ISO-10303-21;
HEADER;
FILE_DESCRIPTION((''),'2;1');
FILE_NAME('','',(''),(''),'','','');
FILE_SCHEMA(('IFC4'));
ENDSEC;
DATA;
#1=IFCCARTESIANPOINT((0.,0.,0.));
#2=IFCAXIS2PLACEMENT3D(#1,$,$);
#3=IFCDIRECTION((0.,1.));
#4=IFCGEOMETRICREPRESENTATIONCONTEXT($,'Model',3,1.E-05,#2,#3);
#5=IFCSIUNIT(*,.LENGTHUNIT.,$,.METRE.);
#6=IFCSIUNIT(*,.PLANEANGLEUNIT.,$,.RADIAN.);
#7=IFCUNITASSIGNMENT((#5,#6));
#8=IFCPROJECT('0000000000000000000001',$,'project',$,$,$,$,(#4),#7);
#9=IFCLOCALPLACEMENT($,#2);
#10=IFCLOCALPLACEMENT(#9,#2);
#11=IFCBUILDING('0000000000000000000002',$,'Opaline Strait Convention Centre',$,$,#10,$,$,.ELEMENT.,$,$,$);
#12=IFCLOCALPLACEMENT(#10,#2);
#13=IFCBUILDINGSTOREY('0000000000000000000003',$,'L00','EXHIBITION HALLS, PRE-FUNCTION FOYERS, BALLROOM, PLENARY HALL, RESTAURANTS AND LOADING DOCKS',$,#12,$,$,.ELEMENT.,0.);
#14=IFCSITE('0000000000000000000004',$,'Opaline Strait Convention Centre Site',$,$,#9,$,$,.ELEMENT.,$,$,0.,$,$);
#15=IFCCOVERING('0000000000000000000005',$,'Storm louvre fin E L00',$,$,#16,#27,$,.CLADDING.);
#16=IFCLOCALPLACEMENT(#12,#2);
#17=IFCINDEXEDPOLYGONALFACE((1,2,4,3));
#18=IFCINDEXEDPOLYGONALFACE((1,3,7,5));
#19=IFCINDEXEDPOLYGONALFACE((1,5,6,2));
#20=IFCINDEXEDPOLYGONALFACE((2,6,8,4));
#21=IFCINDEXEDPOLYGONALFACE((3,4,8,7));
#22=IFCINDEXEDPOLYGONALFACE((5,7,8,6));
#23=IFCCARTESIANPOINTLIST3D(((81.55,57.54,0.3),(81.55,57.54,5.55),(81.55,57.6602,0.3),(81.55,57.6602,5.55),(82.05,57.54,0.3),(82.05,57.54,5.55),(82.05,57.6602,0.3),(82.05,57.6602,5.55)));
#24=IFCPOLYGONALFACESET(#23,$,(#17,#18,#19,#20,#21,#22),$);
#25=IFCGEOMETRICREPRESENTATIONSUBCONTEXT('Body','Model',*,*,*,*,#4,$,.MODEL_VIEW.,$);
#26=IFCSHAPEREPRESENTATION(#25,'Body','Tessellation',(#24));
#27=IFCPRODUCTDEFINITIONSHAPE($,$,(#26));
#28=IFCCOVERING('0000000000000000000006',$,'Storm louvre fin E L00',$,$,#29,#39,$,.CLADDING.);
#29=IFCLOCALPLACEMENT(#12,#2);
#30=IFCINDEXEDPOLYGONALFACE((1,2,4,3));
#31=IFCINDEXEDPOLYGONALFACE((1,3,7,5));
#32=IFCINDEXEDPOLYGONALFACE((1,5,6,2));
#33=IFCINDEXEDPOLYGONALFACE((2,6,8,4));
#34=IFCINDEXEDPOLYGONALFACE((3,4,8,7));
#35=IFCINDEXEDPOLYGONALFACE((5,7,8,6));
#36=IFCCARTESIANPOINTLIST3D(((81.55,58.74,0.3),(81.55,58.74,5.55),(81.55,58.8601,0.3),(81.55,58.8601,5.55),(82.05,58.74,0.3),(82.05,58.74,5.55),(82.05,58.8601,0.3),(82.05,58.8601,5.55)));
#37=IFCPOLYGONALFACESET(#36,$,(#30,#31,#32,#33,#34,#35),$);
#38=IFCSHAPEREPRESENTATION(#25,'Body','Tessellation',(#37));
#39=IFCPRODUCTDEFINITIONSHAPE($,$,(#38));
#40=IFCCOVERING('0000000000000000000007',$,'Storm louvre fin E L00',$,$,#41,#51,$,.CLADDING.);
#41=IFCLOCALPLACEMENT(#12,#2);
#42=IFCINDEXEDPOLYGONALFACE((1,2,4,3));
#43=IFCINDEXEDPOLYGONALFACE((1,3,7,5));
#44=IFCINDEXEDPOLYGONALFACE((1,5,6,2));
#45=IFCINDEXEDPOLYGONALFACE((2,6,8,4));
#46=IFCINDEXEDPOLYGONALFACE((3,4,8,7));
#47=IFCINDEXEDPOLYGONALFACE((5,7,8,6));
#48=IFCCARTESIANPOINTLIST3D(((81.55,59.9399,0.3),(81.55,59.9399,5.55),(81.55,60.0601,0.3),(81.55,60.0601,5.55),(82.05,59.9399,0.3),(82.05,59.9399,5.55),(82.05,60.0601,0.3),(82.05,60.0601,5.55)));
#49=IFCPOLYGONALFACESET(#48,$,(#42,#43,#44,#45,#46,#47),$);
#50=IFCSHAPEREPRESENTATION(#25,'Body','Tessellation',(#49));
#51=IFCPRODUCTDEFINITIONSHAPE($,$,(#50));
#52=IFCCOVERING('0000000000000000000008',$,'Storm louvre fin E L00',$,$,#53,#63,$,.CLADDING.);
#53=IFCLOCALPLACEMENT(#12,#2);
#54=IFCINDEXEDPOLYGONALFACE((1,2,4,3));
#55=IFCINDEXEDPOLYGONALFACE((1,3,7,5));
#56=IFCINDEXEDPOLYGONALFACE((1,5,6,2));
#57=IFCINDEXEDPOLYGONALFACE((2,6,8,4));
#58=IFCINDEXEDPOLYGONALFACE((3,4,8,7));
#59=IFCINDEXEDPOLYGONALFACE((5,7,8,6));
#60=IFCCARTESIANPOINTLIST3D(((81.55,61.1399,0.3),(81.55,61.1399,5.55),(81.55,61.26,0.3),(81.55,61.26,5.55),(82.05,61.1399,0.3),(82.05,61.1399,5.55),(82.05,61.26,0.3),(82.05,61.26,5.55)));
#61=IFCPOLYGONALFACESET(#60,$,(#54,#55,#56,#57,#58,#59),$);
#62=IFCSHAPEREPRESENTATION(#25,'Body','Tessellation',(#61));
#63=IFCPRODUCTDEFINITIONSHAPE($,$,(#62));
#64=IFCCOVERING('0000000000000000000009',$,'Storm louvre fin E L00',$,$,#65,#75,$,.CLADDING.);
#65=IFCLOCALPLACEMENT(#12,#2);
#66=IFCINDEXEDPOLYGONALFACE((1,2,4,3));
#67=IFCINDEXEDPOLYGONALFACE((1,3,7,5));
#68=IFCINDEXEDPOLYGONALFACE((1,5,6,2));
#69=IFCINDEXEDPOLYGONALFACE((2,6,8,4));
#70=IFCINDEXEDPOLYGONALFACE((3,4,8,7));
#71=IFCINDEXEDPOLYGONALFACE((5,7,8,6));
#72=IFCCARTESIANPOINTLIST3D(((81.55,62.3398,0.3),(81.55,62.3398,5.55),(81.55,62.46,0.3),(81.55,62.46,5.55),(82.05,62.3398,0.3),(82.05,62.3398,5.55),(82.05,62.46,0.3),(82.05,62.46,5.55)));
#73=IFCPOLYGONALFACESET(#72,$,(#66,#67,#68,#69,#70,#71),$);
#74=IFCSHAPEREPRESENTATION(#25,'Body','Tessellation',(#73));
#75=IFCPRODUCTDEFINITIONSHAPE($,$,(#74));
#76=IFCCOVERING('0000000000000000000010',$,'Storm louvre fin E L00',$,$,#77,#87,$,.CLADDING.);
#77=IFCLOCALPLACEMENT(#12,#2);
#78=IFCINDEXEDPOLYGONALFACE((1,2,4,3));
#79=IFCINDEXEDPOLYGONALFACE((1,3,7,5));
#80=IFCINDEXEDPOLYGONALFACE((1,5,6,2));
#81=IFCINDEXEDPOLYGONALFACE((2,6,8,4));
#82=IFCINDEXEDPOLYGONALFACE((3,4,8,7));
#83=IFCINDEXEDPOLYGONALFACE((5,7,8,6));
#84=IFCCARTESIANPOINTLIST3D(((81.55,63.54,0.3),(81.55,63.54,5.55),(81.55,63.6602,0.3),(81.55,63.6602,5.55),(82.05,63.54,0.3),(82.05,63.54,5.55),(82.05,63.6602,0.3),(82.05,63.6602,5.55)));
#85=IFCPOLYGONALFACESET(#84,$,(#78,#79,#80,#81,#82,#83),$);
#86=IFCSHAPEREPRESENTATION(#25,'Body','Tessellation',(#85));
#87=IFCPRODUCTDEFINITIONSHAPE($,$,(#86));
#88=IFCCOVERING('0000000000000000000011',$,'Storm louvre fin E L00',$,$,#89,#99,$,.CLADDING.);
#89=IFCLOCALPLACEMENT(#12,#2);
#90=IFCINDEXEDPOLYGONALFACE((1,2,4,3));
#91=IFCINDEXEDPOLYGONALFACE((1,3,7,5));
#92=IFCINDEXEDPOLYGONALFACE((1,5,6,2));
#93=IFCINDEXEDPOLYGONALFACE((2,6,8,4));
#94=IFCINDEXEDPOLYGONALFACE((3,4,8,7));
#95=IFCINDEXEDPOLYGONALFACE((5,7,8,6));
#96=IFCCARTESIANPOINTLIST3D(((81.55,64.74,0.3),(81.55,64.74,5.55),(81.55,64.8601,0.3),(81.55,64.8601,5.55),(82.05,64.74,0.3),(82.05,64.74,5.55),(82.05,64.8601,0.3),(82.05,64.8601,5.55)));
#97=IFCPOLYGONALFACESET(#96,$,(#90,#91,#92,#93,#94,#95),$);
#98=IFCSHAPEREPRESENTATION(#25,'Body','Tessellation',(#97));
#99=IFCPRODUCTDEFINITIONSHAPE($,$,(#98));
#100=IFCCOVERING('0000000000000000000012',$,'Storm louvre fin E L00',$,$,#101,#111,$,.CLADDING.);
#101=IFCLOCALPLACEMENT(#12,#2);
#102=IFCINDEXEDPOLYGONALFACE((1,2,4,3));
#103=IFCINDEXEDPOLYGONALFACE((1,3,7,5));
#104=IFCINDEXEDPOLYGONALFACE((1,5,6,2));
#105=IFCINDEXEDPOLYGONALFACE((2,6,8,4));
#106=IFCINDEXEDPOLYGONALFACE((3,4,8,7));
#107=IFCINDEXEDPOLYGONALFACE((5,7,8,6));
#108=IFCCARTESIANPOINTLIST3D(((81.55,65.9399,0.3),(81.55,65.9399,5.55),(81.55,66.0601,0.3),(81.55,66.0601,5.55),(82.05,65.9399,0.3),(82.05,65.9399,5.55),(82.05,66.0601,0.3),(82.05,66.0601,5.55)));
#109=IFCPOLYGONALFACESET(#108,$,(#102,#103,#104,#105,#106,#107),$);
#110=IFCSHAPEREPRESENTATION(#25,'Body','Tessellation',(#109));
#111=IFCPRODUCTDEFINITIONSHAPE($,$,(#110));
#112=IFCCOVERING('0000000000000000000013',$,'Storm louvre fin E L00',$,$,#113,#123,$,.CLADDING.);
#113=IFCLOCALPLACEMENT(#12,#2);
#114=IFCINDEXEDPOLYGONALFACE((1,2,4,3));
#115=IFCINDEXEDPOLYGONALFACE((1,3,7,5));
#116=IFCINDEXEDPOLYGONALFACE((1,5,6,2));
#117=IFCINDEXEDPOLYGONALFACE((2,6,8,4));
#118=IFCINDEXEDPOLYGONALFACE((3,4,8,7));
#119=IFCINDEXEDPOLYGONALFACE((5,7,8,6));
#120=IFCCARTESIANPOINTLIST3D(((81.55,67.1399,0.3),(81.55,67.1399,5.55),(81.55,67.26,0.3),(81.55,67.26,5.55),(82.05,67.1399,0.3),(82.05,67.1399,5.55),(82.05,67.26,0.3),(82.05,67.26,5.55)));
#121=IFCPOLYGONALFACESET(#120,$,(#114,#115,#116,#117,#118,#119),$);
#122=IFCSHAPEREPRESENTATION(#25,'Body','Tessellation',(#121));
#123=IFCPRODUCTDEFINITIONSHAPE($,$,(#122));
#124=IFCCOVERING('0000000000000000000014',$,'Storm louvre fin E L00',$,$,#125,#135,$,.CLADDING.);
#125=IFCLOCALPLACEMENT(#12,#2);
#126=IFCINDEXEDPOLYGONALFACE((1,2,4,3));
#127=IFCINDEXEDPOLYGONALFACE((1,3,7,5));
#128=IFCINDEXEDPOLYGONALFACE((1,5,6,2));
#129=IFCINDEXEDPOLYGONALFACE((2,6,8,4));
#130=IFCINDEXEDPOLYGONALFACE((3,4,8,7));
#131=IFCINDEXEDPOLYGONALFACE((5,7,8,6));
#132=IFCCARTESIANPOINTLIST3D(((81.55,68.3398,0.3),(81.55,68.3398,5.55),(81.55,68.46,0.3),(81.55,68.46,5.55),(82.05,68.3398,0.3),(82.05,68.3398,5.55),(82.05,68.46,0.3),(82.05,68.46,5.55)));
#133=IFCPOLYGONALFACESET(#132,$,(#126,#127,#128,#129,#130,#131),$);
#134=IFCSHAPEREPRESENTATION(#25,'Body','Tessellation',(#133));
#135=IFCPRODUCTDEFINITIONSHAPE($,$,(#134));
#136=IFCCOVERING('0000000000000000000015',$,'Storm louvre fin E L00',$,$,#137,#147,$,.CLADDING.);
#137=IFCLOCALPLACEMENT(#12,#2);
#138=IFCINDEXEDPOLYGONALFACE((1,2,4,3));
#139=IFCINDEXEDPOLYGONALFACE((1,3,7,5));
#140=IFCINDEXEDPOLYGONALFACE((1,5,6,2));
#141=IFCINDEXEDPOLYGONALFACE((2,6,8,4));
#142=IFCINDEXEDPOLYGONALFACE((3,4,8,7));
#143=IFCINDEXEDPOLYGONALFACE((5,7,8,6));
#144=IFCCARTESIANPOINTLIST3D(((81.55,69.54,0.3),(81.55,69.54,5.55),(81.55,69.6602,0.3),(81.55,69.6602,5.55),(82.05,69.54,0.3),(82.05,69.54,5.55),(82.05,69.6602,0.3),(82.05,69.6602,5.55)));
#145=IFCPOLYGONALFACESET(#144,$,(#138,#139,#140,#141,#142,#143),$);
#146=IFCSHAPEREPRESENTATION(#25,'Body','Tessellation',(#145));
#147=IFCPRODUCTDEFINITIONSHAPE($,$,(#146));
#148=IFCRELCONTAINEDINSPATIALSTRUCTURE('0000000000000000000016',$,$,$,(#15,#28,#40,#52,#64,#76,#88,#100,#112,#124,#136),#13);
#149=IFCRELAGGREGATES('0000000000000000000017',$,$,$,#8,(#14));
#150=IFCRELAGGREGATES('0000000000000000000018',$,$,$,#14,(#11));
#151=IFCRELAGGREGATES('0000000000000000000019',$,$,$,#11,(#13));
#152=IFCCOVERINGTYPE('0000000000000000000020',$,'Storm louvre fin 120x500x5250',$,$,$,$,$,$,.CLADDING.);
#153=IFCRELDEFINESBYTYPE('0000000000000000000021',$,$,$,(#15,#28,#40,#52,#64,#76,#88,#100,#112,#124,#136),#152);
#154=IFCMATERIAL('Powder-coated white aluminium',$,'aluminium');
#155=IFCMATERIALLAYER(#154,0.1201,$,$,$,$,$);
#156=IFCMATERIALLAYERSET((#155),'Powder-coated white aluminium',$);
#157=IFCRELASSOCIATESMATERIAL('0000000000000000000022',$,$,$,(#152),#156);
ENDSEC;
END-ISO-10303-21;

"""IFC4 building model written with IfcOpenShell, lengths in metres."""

from ifc_helpers import new_model, si_unit, direction, frame, origin, origin_2d, place, context, subcontext, project, spatial, rectangle, extrude, material, layer, layer_set, type_object, element, save


model = new_model("IFC4")

# Units and contexts
model_context = context("Model", 3, precision=1e-05, world=origin(), true_north=direction((0.0, 1.0)))
body_context = subcontext(model_context, "Body", "Model", "MODEL_VIEW")
ifc_project = project(units=[si_unit("LENGTHUNIT", "METRE"), si_unit("PLANEANGLEUNIT", "RADIAN")], contexts=[model_context])

# Site, building, storey
site_placement = place(None, origin())
site = spatial("IfcSite", under=ifc_project, at=site_placement, Name="Opaline Strait Convention Centre Site", CompositionType="ELEMENT", RefElevation=0.0)
building_placement = place(site_placement, origin())
building = spatial("IfcBuilding", under=site, at=building_placement, Name="Opaline Strait Convention Centre", CompositionType="ELEMENT")
storey_placement = place(building_placement, origin())
storey = spatial("IfcBuildingStorey", under=building, at=storey_placement, Name="L00", Description="EXHIBITION HALLS, PRE-FUNCTION FOYERS, BALLROOM, PLENARY HALL, RESTAURANTS AND LOADING DOCKS", CompositionType="ELEMENT", Elevation=0.0)

# Coverings
ifc_material_1 = material(Name="Powder-coated white aluminium", Category="aluminium")
ifc_layer = layer(ifc_material_1, 0.1201)
ifc_layer_set = layer_set([ifc_layer], Name="Powder-coated white aluminium")
covering_type_1 = type_object("IfcCoveringType", Name="Storm louvre fin 120x500x5250", PredefinedType="CLADDING", material=ifc_layer_set)
for number, where, z_axis, x_axis, name in (
    (1, (81.8, 57.6001, 0.3), (0.0, 0.0, 1.0), (1.0, 0.0, 0.0), "Storm louvre fin E L00"),
    (2, (81.8, 58.8, 0.3), (0.0, 0.0, 1.0), (1.0, 0.0, 0.0), "Storm louvre fin E L00"),
    (3, (81.8, 60.0, 0.3), (0.0, 0.0, 1.0), (1.0, 0.0, 0.0), "Storm louvre fin E L00"),
    (4, (81.8, 61.2, 0.3), (0.0, 0.0, 1.0), (1.0, 0.0, 0.0), "Storm louvre fin E L00"),
    (5, (81.8, 62.3999, 0.3), (0.0, 0.0, 1.0), (1.0, 0.0, 0.0), "Storm louvre fin E L00"),
    (6, (81.8, 63.6001, 0.3), (0.0, 0.0, 1.0), (1.0, 0.0, 0.0), "Storm louvre fin E L00"),
    (7, (81.8, 64.8, 0.3), (0.0, 0.0, 1.0), (1.0, 0.0, 0.0), "Storm louvre fin E L00"),
    (8, (81.8, 66.0, 0.3), (0.0, 0.0, 1.0), (1.0, 0.0, 0.0), "Storm louvre fin E L00"),
    (9, (81.8, 67.2, 0.3), (0.0, 0.0, 1.0), (1.0, 0.0, 0.0), "Storm louvre fin E L00"),
    (10, (81.8, 68.3999, 0.3), (0.0, 0.0, 1.0), (1.0, 0.0, 0.0), "Storm louvre fin E L00"),
    (11, (81.8, 69.6001, 0.3), (0.0, 0.0, 1.0), (1.0, 0.0, 0.0), "Storm louvre fin E L00"),
):
    element("IfcCovering", number, at=place(storey_placement, frame(where, z_axis=z_axis, x_axis=x_axis)), inside=storey, type_object=covering_type_1, Name=name, PredefinedType="CLADDING", context=body_context, shape_type="SweptSolid", body=[
        extrude(rectangle(XDim=0.5, YDim=0.1201, at=origin_2d()), origin(), (0.0, 0.0, 1.0), 5.25),
    ])

save(model, "model.ifc")
